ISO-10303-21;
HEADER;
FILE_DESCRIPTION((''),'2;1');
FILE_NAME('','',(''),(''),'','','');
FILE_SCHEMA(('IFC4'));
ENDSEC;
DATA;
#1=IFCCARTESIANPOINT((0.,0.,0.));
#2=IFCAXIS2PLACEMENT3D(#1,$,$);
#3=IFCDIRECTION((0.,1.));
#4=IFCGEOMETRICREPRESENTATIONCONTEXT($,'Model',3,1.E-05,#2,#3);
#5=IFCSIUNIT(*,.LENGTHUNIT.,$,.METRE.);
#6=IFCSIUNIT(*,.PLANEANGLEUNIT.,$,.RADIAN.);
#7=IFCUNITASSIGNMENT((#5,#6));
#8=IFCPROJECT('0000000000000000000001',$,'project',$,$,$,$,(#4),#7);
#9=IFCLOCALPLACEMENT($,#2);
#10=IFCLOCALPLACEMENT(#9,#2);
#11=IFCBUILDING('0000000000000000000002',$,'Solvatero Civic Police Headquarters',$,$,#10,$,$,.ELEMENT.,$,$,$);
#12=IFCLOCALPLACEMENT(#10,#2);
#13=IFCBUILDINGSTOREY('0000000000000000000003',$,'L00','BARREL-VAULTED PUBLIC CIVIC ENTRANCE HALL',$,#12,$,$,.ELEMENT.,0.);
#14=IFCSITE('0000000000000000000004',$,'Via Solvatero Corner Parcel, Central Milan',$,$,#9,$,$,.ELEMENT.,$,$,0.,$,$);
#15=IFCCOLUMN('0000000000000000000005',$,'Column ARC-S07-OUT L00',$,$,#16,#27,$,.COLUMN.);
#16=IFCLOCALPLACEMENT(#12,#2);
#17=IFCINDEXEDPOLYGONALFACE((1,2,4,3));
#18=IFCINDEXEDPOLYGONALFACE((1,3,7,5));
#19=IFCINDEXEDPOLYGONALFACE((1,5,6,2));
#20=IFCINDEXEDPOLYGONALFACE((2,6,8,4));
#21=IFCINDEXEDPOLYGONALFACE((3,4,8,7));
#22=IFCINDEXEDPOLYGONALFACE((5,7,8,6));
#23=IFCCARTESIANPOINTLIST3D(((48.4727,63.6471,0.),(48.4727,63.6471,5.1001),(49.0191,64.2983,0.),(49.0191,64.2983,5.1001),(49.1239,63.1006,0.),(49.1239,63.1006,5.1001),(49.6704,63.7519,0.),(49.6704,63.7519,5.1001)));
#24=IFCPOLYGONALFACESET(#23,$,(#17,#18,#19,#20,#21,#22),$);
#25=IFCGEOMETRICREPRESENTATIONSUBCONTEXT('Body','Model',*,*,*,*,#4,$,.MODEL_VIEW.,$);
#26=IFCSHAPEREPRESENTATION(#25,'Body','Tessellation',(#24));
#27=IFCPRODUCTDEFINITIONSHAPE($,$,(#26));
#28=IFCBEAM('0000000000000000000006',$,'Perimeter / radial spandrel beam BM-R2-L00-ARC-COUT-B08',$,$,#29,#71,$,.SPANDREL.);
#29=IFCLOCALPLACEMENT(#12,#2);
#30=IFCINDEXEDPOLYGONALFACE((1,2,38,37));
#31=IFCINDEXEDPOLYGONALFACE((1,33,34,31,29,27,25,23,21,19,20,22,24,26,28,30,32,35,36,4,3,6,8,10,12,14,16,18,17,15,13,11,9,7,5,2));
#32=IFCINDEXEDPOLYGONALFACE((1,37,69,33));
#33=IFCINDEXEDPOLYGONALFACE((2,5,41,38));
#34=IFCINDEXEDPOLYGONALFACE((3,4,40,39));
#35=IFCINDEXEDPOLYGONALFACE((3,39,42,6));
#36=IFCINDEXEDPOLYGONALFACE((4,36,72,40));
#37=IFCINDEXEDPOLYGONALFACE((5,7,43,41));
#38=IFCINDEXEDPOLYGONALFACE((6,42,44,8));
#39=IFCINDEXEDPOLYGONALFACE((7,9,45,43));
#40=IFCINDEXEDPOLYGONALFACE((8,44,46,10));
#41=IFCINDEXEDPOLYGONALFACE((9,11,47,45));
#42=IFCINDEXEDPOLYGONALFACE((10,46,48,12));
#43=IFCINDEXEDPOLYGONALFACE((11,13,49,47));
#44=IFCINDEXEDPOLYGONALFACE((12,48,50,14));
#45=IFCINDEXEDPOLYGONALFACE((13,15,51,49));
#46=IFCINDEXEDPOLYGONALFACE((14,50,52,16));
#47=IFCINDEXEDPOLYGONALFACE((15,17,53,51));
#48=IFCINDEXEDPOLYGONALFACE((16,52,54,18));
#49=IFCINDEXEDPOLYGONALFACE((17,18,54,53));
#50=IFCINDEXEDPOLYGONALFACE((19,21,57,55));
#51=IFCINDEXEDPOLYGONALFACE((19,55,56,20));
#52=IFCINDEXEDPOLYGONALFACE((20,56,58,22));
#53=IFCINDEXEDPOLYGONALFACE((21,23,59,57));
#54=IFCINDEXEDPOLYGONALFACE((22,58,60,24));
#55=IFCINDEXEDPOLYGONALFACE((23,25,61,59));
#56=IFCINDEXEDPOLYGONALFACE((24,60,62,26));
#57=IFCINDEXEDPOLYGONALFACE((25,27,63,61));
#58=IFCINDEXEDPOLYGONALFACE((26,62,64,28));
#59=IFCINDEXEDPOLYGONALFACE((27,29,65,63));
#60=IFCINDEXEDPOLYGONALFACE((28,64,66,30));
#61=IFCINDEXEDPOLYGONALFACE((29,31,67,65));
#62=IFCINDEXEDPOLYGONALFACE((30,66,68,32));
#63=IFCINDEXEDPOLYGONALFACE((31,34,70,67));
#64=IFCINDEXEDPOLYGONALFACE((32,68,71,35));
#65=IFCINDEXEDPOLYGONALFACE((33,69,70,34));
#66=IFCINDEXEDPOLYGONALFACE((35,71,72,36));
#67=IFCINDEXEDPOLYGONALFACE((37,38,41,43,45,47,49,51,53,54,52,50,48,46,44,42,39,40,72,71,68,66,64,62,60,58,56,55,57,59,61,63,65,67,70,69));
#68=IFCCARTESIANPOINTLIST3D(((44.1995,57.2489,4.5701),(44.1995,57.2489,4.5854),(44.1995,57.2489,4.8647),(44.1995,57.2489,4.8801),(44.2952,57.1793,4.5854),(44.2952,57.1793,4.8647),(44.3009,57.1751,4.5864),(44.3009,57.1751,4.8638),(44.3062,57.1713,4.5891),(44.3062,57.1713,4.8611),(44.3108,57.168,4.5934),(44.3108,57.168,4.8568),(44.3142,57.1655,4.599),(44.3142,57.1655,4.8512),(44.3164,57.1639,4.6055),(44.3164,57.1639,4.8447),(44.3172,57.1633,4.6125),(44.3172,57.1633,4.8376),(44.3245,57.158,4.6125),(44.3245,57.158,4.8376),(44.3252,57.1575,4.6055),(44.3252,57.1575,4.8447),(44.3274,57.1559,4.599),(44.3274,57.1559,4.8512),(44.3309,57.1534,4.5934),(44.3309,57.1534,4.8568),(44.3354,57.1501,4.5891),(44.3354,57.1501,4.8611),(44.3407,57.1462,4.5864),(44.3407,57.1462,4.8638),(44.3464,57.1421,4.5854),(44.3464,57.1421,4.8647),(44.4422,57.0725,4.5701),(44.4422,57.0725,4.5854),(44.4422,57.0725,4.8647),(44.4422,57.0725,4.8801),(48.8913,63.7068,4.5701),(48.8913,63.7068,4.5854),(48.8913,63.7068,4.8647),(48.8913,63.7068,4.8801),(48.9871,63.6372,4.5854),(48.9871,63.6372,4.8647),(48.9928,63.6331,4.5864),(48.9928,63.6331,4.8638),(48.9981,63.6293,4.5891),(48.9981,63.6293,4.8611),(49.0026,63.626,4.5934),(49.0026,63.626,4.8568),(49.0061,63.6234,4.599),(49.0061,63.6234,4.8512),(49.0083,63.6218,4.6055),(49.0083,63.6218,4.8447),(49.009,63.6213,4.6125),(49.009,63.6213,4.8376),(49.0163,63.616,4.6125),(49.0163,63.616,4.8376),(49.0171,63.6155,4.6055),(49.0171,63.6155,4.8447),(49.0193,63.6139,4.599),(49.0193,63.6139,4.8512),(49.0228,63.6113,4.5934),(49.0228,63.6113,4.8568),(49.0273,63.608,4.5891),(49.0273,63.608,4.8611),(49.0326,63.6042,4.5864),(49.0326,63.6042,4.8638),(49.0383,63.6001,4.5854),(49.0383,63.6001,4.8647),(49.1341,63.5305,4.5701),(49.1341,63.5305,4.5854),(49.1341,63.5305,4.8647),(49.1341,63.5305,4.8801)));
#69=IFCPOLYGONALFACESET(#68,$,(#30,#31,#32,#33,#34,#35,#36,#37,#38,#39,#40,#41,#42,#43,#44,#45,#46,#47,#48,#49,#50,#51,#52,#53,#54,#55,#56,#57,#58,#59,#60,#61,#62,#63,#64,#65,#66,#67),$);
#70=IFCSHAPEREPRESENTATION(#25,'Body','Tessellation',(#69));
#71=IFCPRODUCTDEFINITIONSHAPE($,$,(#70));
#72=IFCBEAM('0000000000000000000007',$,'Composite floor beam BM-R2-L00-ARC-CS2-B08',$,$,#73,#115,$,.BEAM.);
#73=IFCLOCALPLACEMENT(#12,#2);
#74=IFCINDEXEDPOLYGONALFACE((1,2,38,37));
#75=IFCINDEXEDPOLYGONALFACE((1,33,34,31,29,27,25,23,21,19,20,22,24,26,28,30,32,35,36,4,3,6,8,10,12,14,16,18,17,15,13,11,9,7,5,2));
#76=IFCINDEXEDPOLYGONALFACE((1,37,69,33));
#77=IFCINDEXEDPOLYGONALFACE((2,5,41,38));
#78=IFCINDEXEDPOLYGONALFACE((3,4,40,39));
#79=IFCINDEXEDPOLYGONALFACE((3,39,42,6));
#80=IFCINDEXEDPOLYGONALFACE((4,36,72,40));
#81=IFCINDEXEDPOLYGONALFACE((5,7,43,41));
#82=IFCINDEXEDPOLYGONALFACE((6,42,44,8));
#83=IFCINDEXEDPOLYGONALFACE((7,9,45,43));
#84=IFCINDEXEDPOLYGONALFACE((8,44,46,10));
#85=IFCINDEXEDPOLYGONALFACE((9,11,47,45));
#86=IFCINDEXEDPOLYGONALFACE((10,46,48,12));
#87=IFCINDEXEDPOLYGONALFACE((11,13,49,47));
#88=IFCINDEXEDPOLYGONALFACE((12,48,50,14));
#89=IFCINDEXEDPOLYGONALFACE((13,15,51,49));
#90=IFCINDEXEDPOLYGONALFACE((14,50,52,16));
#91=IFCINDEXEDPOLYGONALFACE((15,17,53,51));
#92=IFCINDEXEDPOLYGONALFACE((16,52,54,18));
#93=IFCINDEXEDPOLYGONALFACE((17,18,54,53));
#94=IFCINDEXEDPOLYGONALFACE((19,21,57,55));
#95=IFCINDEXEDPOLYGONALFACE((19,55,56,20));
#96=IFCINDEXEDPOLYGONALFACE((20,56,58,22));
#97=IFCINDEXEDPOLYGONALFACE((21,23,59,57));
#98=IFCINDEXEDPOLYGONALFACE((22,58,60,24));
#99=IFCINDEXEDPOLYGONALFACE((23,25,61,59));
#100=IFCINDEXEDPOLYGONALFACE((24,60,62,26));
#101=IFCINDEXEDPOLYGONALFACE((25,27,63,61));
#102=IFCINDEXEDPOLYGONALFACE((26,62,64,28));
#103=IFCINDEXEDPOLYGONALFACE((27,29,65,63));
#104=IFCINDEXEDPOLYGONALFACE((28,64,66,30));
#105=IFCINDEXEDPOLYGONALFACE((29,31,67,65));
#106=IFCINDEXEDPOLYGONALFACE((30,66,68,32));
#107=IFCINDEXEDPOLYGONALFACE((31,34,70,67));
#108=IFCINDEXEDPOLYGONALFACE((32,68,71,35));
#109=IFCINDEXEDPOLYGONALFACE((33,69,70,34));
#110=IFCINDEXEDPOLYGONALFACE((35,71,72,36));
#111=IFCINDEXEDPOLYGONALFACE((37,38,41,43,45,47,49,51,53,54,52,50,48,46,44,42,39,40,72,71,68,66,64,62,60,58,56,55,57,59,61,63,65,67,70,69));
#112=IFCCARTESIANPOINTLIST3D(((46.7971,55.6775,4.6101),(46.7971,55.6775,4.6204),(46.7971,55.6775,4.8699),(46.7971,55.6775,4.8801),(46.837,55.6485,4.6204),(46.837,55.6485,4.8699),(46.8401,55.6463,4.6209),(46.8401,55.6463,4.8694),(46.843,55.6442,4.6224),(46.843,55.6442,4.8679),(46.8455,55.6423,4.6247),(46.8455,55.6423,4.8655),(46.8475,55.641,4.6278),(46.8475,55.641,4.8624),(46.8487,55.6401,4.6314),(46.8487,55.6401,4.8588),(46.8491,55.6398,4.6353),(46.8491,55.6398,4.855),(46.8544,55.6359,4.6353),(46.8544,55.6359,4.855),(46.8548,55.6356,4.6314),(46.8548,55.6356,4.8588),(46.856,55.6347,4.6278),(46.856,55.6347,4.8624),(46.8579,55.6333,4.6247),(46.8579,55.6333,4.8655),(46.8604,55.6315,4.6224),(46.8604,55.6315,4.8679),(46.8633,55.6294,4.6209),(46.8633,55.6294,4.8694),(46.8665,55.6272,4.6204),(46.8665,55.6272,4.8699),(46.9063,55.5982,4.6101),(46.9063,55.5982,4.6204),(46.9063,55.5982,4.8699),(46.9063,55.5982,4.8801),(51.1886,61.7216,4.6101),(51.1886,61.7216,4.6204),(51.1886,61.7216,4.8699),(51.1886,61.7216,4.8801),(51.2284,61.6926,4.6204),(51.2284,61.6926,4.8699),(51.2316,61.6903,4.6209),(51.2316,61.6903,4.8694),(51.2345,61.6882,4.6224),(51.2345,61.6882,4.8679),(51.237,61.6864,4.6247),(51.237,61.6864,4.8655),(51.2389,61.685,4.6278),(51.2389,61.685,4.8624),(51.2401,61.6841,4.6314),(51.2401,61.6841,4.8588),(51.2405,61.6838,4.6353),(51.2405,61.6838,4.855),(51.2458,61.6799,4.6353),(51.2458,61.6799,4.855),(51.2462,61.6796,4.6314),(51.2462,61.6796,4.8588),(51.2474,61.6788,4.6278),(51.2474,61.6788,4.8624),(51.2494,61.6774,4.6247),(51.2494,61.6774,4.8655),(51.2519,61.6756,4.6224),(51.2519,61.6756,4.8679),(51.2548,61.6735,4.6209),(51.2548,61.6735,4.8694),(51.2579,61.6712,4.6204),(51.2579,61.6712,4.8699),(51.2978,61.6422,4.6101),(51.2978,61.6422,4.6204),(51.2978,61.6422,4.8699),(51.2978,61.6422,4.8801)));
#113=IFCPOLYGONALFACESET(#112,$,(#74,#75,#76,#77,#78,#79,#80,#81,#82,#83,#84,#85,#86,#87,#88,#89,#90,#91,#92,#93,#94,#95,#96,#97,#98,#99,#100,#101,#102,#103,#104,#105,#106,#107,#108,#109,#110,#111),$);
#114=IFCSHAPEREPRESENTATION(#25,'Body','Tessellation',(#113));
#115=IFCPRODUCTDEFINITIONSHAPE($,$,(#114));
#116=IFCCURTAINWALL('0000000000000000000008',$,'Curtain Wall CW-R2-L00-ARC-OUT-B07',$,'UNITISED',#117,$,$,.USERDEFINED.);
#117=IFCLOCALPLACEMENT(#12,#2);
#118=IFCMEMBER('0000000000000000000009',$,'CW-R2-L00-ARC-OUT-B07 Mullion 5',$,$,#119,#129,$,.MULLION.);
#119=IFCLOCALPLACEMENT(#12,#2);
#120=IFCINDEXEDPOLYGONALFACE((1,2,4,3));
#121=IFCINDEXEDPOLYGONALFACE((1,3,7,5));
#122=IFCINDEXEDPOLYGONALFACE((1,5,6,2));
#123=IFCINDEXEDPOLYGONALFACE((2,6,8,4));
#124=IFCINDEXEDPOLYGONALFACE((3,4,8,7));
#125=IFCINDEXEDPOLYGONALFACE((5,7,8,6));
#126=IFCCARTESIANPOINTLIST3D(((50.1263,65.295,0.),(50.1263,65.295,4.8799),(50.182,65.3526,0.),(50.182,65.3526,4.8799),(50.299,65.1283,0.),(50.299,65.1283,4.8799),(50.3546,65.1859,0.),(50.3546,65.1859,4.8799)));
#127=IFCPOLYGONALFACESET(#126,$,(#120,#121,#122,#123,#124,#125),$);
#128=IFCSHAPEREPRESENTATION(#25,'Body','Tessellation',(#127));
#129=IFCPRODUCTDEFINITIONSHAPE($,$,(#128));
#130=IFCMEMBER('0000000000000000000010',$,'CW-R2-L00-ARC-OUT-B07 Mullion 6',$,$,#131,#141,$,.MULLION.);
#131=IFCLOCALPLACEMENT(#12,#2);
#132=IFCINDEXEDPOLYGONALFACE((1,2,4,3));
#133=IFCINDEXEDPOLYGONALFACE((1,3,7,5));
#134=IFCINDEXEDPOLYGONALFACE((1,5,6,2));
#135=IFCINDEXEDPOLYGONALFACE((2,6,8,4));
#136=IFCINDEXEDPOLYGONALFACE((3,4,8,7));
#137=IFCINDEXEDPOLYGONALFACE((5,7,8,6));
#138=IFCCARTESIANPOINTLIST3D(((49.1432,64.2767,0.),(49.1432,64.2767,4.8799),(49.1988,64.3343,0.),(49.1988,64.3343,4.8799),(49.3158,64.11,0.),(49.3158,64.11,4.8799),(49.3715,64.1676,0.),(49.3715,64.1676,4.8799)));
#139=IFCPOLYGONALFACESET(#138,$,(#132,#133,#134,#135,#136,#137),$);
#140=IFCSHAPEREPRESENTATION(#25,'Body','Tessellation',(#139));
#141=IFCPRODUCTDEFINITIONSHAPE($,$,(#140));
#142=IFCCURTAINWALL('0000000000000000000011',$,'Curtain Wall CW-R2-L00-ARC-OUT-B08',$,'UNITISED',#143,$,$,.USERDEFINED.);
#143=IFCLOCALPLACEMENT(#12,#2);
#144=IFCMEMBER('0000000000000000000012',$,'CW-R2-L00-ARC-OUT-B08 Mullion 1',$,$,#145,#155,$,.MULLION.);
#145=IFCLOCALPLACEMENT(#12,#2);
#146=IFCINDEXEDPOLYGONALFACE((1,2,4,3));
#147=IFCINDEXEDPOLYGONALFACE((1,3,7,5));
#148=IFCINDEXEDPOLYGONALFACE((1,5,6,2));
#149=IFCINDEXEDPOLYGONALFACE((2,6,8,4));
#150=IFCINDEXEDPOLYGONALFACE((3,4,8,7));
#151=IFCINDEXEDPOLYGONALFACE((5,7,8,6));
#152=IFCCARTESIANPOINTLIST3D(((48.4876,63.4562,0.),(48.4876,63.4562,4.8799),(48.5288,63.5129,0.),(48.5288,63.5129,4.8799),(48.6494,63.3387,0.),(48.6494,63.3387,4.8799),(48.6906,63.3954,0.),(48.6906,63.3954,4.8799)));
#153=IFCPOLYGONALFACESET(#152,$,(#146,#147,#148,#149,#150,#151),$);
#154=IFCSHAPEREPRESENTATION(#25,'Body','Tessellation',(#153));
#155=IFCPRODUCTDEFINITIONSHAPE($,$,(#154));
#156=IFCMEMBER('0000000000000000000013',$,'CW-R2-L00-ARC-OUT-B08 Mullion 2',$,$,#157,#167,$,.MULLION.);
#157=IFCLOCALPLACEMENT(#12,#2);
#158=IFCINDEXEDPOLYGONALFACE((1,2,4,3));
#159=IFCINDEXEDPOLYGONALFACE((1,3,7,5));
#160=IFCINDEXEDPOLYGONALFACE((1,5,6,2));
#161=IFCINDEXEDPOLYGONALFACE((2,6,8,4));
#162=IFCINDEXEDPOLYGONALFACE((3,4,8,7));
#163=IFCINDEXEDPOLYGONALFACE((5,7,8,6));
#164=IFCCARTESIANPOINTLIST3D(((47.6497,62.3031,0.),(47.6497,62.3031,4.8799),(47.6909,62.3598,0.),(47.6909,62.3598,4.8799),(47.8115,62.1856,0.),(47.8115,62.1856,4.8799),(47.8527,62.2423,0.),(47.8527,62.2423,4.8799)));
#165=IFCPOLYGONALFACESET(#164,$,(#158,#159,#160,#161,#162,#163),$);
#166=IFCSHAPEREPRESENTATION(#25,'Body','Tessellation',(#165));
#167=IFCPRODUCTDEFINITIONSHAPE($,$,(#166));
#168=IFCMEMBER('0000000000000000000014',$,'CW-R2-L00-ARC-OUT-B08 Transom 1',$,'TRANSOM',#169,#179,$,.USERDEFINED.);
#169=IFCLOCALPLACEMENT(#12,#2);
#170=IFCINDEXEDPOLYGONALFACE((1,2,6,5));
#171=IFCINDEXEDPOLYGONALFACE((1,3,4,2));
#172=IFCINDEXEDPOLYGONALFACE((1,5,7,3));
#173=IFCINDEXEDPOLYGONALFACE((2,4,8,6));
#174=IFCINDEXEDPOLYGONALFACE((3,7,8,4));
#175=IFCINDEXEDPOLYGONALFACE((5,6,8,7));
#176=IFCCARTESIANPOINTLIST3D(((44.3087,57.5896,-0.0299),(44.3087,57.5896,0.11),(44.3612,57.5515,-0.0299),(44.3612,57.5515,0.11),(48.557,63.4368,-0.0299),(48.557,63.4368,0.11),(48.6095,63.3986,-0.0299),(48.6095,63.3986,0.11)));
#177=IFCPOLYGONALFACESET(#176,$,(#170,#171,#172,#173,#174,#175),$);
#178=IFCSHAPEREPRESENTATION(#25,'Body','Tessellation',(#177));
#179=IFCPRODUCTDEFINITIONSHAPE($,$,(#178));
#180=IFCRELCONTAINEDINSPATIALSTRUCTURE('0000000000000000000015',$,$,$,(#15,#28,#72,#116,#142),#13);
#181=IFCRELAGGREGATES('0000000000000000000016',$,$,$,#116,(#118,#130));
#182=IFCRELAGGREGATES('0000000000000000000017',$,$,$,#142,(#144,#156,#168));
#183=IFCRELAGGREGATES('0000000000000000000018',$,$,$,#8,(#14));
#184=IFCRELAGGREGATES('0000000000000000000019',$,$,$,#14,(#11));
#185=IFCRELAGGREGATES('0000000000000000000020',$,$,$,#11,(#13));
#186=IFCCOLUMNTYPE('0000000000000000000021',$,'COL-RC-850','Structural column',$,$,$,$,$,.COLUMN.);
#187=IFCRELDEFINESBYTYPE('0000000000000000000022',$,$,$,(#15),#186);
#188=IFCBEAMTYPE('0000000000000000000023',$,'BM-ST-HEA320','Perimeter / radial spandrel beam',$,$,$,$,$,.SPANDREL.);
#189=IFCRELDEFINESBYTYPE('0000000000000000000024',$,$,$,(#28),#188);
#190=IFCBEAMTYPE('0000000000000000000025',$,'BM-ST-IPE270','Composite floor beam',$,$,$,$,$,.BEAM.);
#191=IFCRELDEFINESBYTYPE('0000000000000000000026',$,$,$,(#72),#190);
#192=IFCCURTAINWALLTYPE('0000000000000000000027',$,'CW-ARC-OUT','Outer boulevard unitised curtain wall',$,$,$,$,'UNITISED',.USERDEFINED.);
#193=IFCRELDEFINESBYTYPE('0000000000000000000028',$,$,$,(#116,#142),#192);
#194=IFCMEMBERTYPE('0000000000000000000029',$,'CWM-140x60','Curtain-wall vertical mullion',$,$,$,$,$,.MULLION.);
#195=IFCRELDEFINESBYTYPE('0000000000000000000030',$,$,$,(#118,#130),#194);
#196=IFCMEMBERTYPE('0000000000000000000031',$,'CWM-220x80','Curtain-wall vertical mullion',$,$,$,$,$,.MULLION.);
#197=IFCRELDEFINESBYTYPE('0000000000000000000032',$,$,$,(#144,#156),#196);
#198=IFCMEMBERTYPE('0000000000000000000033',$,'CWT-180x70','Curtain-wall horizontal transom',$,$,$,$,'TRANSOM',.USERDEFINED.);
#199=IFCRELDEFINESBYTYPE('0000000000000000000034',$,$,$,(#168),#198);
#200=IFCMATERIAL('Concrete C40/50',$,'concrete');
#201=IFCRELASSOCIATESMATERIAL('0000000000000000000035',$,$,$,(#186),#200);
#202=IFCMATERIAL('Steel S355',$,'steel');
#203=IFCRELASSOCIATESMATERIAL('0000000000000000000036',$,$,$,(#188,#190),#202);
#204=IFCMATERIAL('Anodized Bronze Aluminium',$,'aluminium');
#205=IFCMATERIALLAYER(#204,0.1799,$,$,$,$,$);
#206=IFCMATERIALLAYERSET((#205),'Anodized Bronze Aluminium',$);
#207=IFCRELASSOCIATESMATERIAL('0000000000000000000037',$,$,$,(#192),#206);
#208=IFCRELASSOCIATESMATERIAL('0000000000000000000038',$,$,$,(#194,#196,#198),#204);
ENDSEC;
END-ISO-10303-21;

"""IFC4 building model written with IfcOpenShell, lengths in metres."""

from ifc_helpers import new_model, si_unit, direction, frame, origin, origin_2d, place, context, subcontext, project, spatial, rectangle, i_section, extrude, material, layer, layer_set, material_profile, profile_set, type_object, element, aggregate, save


model = new_model("IFC4")

# Units and contexts
model_context = context("Model", 3, precision=1e-05, world=origin(), true_north=direction((0.0, 1.0)))
body_context = subcontext(model_context, "Body", "Model", "MODEL_VIEW")
ifc_project = project(units=[si_unit("LENGTHUNIT", "METRE"), si_unit("PLANEANGLEUNIT", "RADIAN")], contexts=[model_context])

# Site, building, storey
site_placement = place(None, origin())
site = spatial("IfcSite", under=ifc_project, at=site_placement, Name="Via Solvatero Corner Parcel, Central Milan", CompositionType="ELEMENT", RefElevation=0.0)
building_placement = place(site_placement, origin())
building = spatial("IfcBuilding", under=site, at=building_placement, Name="Solvatero Civic Police Headquarters", CompositionType="ELEMENT")
storey_placement = place(building_placement, origin())
storey = spatial("IfcBuildingStorey", under=building, at=storey_placement, Name="L00", Description="BARREL-VAULTED PUBLIC CIVIC ENTRANCE HALL", CompositionType="ELEMENT", Elevation=0.0)

# Column
ifc_material_1 = material(Name="Concrete C40/50", Category="concrete")
ifc_material_profile_1 = material_profile(ifc_material_1, rectangle(XDim=0.8501, YDim=0.8501, at=origin_2d()), Name="RC 850x850")
ifc_profile_set_1 = profile_set([ifc_material_profile_1], Name="Concrete C40/50")
column_type = type_object("IfcColumnType", Name="COL-RC-850", Description="Structural column", PredefinedType="COLUMN", material=ifc_profile_set_1)
column_placement = place(storey_placement, frame((49.0715, 63.6995, 0.0), z_axis=(0.0, 0.0, 1.0), x_axis=(0.642788, 0.766044, 0.0)))
element("IfcColumn", 1, at=column_placement, inside=storey, type_object=column_type, Name="Column ARC-S07-OUT L00", PredefinedType="COLUMN", context=body_context, shape_type="SweptSolid", body=[
    extrude(rectangle(XDim=0.8501, YDim=0.8501, at=origin_2d()), origin(), (0.0, 0.0, 1.0), 5.1001),
])

# Beams
ifc_material_2 = material(Name="Steel S355", Category="steel")
ifc_material_profile_2 = material_profile(ifc_material_2, i_section(OverallWidth=0.3, OverallDepth=0.3101, WebThickness=0.009, FlangeThickness=0.0154, FilletRadius=0.0271, at=origin_2d()), Name="HEA 320")
ifc_profile_set_2 = profile_set([ifc_material_profile_2], Name="Steel S355")
beam_type_1 = type_object("IfcBeamType", Name="BM-ST-HEA320", Description="Perimeter / radial spandrel beam", PredefinedType="SPANDREL", material=ifc_profile_set_2)
beam_1_placement = place(storey_placement, frame((49.0127, 63.6187, 4.7251), z_axis=(-0.587775, -0.809024, 0.0), x_axis=(0.809024, -0.587775, 0.0)))
element("IfcBeam", 2, at=beam_1_placement, inside=storey, type_object=beam_type_1, Name="Perimeter / radial spandrel beam BM-R2-L00-ARC-COUT-B08", PredefinedType="SPANDREL", context=body_context, shape_type="SweptSolid", body=[
    extrude(i_section(OverallWidth=0.3, OverallDepth=0.3101, WebThickness=0.009, FlangeThickness=0.0154, FilletRadius=0.0271, at=origin_2d()), origin(), (0.0, 0.0, 1.0), 7.9824),
])
ifc_material_profile_3 = material_profile(ifc_material_2, i_section(OverallWidth=0.135, OverallDepth=0.27, WebThickness=0.0066, FlangeThickness=0.0103, FilletRadius=0.0149, at=origin_2d()), Name="IPE 270")
ifc_profile_set_3 = profile_set([ifc_material_profile_3], Name="Steel S355")
beam_type_2 = type_object("IfcBeamType", Name="BM-ST-IPE270", Description="Composite floor beam", PredefinedType="BEAM", material=ifc_profile_set_3)
beam_2_placement = place(storey_placement, frame((51.2432, 61.6819, 4.7451), z_axis=(-0.587801, -0.809006, 0.0), x_axis=(0.809006, -0.587801, 0.0)))
element("IfcBeam", 3, at=beam_2_placement, inside=storey, type_object=beam_type_2, Name="Composite floor beam BM-R2-L00-ARC-CS2-B08", PredefinedType="BEAM", context=body_context, shape_type="SweptSolid", body=[
    extrude(i_section(OverallWidth=0.135, OverallDepth=0.27, WebThickness=0.0066, FlangeThickness=0.0103, FilletRadius=0.0149, at=origin_2d()), origin(), (0.0, 0.0, 1.0), 7.4709),
])

# Curtain walls, members
ifc_material_3 = material(Name="Anodized Bronze Aluminium", Category="aluminium")
ifc_layer_1 = layer(ifc_material_3, 0.1799)
ifc_layer_set_1 = layer_set([ifc_layer_1], Name="Anodized Bronze Aluminium")
curtain_wall_type = type_object("IfcCurtainWallType", Name="CW-ARC-OUT", Description="Outer boulevard unitised curtain wall", ElementType="UNITISED", PredefinedType="USERDEFINED", material=ifc_layer_set_1)
curtain_wall_1_placement = place(storey_placement, origin())
curtain_wall_1 = element("IfcCurtainWall", 4, at=curtain_wall_1_placement, inside=storey, type_object=curtain_wall_type, Name="Curtain Wall CW-R2-L00-ARC-OUT-B07", ObjectType="UNITISED", PredefinedType="USERDEFINED")
ifc_material_profile_4 = material_profile(ifc_material_3, rectangle(XDim=0.0801, YDim=0.24, at=origin_2d()), Name="ALU MULLION 80x240")
ifc_profile_set_4 = profile_set([ifc_material_profile_4], Name="Anodized Bronze Aluminium")
member_type_1 = type_object("IfcMemberType", Name="CWM-140x60", Description="Curtain-wall vertical mullion", PredefinedType="MULLION", material=ifc_profile_set_4)
member_1_placement = place(storey_placement, frame((50.2405, 65.2405, 0.0), z_axis=(0.0, 0.0, 1.0), x_axis=(-0.694658, -0.71934, 0.0)))
member_1 = element("IfcMember", 5, at=member_1_placement, type_object=member_type_1, Name="CW-R2-L00-ARC-OUT-B07 Mullion 5", PredefinedType="MULLION", context=body_context, shape_type="SweptSolid", body=[
    extrude(rectangle(XDim=0.0801, YDim=0.24, at=origin_2d()), origin(), (0.0, 0.0, 1.0), 4.8799),
])
member_2_placement = place(storey_placement, frame((49.2573, 64.2222, 0.0), z_axis=(0.0, 0.0, 1.0), x_axis=(-0.694658, -0.71934, 0.0)))
member_2 = element("IfcMember", 6, at=member_2_placement, type_object=member_type_1, Name="CW-R2-L00-ARC-OUT-B07 Mullion 6", PredefinedType="MULLION", context=body_context, shape_type="SweptSolid", body=[
    extrude(rectangle(XDim=0.0801, YDim=0.24, at=origin_2d()), origin(), (0.0, 0.0, 1.0), 4.8799),
])
curtain_wall_2_placement = place(storey_placement, origin())
curtain_wall_2 = element("IfcCurtainWall", 7, at=curtain_wall_2_placement, inside=storey, type_object=curtain_wall_type, Name="Curtain Wall CW-R2-L00-ARC-OUT-B08", ObjectType="UNITISED", PredefinedType="USERDEFINED")
ifc_material_profile_5 = material_profile(ifc_material_3, rectangle(XDim=0.0701, YDim=0.2, at=origin_2d()), Name="ALU MULLION 70x200")
ifc_profile_set_5 = profile_set([ifc_material_profile_5], Name="Anodized Bronze Aluminium")
member_type_2 = type_object("IfcMemberType", Name="CWM-220x80", Description="Curtain-wall vertical mullion", PredefinedType="MULLION", material=ifc_profile_set_5)
member_3_placement = place(storey_placement, frame((48.5891, 63.4258, 0.0), z_axis=(0.0, 0.0, 1.0), x_axis=(-0.587785, -0.809017, 0.0)))
member_3 = element("IfcMember", 8, at=member_3_placement, type_object=member_type_2, Name="CW-R2-L00-ARC-OUT-B08 Mullion 1", PredefinedType="MULLION", context=body_context, shape_type="SweptSolid", body=[
    extrude(rectangle(XDim=0.0701, YDim=0.2, at=origin_2d()), origin(), (0.0, 0.0, 1.0), 4.8799),
])
member_4_placement = place(storey_placement, frame((47.7512, 62.2727, 0.0), z_axis=(0.0, 0.0, 1.0), x_axis=(-0.587785, -0.809017, 0.0)))
member_4 = element("IfcMember", 9, at=member_4_placement, type_object=member_type_2, Name="CW-R2-L00-ARC-OUT-B08 Mullion 2", PredefinedType="MULLION", context=body_context, shape_type="SweptSolid", body=[
    extrude(rectangle(XDim=0.0701, YDim=0.2, at=origin_2d()), origin(), (0.0, 0.0, 1.0), 4.8799),
])
ifc_material_profile_6 = material_profile(ifc_material_3, rectangle(XDim=0.0649, YDim=0.1399, at=origin_2d()), Name="ALU TRANSOM 65x140")
ifc_profile_set_6 = profile_set([ifc_material_profile_6], Name="Anodized Bronze Aluminium")
member_type_3 = type_object("IfcMemberType", Name="CWT-180x70", Description="Curtain-wall horizontal transom", ElementType="TRANSOM", PredefinedType="USERDEFINED", material=ifc_profile_set_6)
member_5_placement = place(storey_placement, frame((48.5833, 63.4177, 0.04), z_axis=(-0.587792, -0.809012, 0.0), x_axis=(0.809012, -0.587792, 0.0)))
member_5 = element("IfcMember", 10, at=member_5_placement, type_object=member_type_3, Name="CW-R2-L00-ARC-OUT-B08 Transom 1", ObjectType="TRANSOM", PredefinedType="USERDEFINED", context=body_context, shape_type="SweptSolid", body=[
    extrude(rectangle(XDim=0.0649, YDim=0.1399, at=origin_2d()), origin(), (0.0, 0.0, 1.0), 7.2275),
])

aggregate(curtain_wall_1, [member_1, member_2])
aggregate(curtain_wall_2, [member_3, member_4, member_5])

save(model, "model.ifc")
